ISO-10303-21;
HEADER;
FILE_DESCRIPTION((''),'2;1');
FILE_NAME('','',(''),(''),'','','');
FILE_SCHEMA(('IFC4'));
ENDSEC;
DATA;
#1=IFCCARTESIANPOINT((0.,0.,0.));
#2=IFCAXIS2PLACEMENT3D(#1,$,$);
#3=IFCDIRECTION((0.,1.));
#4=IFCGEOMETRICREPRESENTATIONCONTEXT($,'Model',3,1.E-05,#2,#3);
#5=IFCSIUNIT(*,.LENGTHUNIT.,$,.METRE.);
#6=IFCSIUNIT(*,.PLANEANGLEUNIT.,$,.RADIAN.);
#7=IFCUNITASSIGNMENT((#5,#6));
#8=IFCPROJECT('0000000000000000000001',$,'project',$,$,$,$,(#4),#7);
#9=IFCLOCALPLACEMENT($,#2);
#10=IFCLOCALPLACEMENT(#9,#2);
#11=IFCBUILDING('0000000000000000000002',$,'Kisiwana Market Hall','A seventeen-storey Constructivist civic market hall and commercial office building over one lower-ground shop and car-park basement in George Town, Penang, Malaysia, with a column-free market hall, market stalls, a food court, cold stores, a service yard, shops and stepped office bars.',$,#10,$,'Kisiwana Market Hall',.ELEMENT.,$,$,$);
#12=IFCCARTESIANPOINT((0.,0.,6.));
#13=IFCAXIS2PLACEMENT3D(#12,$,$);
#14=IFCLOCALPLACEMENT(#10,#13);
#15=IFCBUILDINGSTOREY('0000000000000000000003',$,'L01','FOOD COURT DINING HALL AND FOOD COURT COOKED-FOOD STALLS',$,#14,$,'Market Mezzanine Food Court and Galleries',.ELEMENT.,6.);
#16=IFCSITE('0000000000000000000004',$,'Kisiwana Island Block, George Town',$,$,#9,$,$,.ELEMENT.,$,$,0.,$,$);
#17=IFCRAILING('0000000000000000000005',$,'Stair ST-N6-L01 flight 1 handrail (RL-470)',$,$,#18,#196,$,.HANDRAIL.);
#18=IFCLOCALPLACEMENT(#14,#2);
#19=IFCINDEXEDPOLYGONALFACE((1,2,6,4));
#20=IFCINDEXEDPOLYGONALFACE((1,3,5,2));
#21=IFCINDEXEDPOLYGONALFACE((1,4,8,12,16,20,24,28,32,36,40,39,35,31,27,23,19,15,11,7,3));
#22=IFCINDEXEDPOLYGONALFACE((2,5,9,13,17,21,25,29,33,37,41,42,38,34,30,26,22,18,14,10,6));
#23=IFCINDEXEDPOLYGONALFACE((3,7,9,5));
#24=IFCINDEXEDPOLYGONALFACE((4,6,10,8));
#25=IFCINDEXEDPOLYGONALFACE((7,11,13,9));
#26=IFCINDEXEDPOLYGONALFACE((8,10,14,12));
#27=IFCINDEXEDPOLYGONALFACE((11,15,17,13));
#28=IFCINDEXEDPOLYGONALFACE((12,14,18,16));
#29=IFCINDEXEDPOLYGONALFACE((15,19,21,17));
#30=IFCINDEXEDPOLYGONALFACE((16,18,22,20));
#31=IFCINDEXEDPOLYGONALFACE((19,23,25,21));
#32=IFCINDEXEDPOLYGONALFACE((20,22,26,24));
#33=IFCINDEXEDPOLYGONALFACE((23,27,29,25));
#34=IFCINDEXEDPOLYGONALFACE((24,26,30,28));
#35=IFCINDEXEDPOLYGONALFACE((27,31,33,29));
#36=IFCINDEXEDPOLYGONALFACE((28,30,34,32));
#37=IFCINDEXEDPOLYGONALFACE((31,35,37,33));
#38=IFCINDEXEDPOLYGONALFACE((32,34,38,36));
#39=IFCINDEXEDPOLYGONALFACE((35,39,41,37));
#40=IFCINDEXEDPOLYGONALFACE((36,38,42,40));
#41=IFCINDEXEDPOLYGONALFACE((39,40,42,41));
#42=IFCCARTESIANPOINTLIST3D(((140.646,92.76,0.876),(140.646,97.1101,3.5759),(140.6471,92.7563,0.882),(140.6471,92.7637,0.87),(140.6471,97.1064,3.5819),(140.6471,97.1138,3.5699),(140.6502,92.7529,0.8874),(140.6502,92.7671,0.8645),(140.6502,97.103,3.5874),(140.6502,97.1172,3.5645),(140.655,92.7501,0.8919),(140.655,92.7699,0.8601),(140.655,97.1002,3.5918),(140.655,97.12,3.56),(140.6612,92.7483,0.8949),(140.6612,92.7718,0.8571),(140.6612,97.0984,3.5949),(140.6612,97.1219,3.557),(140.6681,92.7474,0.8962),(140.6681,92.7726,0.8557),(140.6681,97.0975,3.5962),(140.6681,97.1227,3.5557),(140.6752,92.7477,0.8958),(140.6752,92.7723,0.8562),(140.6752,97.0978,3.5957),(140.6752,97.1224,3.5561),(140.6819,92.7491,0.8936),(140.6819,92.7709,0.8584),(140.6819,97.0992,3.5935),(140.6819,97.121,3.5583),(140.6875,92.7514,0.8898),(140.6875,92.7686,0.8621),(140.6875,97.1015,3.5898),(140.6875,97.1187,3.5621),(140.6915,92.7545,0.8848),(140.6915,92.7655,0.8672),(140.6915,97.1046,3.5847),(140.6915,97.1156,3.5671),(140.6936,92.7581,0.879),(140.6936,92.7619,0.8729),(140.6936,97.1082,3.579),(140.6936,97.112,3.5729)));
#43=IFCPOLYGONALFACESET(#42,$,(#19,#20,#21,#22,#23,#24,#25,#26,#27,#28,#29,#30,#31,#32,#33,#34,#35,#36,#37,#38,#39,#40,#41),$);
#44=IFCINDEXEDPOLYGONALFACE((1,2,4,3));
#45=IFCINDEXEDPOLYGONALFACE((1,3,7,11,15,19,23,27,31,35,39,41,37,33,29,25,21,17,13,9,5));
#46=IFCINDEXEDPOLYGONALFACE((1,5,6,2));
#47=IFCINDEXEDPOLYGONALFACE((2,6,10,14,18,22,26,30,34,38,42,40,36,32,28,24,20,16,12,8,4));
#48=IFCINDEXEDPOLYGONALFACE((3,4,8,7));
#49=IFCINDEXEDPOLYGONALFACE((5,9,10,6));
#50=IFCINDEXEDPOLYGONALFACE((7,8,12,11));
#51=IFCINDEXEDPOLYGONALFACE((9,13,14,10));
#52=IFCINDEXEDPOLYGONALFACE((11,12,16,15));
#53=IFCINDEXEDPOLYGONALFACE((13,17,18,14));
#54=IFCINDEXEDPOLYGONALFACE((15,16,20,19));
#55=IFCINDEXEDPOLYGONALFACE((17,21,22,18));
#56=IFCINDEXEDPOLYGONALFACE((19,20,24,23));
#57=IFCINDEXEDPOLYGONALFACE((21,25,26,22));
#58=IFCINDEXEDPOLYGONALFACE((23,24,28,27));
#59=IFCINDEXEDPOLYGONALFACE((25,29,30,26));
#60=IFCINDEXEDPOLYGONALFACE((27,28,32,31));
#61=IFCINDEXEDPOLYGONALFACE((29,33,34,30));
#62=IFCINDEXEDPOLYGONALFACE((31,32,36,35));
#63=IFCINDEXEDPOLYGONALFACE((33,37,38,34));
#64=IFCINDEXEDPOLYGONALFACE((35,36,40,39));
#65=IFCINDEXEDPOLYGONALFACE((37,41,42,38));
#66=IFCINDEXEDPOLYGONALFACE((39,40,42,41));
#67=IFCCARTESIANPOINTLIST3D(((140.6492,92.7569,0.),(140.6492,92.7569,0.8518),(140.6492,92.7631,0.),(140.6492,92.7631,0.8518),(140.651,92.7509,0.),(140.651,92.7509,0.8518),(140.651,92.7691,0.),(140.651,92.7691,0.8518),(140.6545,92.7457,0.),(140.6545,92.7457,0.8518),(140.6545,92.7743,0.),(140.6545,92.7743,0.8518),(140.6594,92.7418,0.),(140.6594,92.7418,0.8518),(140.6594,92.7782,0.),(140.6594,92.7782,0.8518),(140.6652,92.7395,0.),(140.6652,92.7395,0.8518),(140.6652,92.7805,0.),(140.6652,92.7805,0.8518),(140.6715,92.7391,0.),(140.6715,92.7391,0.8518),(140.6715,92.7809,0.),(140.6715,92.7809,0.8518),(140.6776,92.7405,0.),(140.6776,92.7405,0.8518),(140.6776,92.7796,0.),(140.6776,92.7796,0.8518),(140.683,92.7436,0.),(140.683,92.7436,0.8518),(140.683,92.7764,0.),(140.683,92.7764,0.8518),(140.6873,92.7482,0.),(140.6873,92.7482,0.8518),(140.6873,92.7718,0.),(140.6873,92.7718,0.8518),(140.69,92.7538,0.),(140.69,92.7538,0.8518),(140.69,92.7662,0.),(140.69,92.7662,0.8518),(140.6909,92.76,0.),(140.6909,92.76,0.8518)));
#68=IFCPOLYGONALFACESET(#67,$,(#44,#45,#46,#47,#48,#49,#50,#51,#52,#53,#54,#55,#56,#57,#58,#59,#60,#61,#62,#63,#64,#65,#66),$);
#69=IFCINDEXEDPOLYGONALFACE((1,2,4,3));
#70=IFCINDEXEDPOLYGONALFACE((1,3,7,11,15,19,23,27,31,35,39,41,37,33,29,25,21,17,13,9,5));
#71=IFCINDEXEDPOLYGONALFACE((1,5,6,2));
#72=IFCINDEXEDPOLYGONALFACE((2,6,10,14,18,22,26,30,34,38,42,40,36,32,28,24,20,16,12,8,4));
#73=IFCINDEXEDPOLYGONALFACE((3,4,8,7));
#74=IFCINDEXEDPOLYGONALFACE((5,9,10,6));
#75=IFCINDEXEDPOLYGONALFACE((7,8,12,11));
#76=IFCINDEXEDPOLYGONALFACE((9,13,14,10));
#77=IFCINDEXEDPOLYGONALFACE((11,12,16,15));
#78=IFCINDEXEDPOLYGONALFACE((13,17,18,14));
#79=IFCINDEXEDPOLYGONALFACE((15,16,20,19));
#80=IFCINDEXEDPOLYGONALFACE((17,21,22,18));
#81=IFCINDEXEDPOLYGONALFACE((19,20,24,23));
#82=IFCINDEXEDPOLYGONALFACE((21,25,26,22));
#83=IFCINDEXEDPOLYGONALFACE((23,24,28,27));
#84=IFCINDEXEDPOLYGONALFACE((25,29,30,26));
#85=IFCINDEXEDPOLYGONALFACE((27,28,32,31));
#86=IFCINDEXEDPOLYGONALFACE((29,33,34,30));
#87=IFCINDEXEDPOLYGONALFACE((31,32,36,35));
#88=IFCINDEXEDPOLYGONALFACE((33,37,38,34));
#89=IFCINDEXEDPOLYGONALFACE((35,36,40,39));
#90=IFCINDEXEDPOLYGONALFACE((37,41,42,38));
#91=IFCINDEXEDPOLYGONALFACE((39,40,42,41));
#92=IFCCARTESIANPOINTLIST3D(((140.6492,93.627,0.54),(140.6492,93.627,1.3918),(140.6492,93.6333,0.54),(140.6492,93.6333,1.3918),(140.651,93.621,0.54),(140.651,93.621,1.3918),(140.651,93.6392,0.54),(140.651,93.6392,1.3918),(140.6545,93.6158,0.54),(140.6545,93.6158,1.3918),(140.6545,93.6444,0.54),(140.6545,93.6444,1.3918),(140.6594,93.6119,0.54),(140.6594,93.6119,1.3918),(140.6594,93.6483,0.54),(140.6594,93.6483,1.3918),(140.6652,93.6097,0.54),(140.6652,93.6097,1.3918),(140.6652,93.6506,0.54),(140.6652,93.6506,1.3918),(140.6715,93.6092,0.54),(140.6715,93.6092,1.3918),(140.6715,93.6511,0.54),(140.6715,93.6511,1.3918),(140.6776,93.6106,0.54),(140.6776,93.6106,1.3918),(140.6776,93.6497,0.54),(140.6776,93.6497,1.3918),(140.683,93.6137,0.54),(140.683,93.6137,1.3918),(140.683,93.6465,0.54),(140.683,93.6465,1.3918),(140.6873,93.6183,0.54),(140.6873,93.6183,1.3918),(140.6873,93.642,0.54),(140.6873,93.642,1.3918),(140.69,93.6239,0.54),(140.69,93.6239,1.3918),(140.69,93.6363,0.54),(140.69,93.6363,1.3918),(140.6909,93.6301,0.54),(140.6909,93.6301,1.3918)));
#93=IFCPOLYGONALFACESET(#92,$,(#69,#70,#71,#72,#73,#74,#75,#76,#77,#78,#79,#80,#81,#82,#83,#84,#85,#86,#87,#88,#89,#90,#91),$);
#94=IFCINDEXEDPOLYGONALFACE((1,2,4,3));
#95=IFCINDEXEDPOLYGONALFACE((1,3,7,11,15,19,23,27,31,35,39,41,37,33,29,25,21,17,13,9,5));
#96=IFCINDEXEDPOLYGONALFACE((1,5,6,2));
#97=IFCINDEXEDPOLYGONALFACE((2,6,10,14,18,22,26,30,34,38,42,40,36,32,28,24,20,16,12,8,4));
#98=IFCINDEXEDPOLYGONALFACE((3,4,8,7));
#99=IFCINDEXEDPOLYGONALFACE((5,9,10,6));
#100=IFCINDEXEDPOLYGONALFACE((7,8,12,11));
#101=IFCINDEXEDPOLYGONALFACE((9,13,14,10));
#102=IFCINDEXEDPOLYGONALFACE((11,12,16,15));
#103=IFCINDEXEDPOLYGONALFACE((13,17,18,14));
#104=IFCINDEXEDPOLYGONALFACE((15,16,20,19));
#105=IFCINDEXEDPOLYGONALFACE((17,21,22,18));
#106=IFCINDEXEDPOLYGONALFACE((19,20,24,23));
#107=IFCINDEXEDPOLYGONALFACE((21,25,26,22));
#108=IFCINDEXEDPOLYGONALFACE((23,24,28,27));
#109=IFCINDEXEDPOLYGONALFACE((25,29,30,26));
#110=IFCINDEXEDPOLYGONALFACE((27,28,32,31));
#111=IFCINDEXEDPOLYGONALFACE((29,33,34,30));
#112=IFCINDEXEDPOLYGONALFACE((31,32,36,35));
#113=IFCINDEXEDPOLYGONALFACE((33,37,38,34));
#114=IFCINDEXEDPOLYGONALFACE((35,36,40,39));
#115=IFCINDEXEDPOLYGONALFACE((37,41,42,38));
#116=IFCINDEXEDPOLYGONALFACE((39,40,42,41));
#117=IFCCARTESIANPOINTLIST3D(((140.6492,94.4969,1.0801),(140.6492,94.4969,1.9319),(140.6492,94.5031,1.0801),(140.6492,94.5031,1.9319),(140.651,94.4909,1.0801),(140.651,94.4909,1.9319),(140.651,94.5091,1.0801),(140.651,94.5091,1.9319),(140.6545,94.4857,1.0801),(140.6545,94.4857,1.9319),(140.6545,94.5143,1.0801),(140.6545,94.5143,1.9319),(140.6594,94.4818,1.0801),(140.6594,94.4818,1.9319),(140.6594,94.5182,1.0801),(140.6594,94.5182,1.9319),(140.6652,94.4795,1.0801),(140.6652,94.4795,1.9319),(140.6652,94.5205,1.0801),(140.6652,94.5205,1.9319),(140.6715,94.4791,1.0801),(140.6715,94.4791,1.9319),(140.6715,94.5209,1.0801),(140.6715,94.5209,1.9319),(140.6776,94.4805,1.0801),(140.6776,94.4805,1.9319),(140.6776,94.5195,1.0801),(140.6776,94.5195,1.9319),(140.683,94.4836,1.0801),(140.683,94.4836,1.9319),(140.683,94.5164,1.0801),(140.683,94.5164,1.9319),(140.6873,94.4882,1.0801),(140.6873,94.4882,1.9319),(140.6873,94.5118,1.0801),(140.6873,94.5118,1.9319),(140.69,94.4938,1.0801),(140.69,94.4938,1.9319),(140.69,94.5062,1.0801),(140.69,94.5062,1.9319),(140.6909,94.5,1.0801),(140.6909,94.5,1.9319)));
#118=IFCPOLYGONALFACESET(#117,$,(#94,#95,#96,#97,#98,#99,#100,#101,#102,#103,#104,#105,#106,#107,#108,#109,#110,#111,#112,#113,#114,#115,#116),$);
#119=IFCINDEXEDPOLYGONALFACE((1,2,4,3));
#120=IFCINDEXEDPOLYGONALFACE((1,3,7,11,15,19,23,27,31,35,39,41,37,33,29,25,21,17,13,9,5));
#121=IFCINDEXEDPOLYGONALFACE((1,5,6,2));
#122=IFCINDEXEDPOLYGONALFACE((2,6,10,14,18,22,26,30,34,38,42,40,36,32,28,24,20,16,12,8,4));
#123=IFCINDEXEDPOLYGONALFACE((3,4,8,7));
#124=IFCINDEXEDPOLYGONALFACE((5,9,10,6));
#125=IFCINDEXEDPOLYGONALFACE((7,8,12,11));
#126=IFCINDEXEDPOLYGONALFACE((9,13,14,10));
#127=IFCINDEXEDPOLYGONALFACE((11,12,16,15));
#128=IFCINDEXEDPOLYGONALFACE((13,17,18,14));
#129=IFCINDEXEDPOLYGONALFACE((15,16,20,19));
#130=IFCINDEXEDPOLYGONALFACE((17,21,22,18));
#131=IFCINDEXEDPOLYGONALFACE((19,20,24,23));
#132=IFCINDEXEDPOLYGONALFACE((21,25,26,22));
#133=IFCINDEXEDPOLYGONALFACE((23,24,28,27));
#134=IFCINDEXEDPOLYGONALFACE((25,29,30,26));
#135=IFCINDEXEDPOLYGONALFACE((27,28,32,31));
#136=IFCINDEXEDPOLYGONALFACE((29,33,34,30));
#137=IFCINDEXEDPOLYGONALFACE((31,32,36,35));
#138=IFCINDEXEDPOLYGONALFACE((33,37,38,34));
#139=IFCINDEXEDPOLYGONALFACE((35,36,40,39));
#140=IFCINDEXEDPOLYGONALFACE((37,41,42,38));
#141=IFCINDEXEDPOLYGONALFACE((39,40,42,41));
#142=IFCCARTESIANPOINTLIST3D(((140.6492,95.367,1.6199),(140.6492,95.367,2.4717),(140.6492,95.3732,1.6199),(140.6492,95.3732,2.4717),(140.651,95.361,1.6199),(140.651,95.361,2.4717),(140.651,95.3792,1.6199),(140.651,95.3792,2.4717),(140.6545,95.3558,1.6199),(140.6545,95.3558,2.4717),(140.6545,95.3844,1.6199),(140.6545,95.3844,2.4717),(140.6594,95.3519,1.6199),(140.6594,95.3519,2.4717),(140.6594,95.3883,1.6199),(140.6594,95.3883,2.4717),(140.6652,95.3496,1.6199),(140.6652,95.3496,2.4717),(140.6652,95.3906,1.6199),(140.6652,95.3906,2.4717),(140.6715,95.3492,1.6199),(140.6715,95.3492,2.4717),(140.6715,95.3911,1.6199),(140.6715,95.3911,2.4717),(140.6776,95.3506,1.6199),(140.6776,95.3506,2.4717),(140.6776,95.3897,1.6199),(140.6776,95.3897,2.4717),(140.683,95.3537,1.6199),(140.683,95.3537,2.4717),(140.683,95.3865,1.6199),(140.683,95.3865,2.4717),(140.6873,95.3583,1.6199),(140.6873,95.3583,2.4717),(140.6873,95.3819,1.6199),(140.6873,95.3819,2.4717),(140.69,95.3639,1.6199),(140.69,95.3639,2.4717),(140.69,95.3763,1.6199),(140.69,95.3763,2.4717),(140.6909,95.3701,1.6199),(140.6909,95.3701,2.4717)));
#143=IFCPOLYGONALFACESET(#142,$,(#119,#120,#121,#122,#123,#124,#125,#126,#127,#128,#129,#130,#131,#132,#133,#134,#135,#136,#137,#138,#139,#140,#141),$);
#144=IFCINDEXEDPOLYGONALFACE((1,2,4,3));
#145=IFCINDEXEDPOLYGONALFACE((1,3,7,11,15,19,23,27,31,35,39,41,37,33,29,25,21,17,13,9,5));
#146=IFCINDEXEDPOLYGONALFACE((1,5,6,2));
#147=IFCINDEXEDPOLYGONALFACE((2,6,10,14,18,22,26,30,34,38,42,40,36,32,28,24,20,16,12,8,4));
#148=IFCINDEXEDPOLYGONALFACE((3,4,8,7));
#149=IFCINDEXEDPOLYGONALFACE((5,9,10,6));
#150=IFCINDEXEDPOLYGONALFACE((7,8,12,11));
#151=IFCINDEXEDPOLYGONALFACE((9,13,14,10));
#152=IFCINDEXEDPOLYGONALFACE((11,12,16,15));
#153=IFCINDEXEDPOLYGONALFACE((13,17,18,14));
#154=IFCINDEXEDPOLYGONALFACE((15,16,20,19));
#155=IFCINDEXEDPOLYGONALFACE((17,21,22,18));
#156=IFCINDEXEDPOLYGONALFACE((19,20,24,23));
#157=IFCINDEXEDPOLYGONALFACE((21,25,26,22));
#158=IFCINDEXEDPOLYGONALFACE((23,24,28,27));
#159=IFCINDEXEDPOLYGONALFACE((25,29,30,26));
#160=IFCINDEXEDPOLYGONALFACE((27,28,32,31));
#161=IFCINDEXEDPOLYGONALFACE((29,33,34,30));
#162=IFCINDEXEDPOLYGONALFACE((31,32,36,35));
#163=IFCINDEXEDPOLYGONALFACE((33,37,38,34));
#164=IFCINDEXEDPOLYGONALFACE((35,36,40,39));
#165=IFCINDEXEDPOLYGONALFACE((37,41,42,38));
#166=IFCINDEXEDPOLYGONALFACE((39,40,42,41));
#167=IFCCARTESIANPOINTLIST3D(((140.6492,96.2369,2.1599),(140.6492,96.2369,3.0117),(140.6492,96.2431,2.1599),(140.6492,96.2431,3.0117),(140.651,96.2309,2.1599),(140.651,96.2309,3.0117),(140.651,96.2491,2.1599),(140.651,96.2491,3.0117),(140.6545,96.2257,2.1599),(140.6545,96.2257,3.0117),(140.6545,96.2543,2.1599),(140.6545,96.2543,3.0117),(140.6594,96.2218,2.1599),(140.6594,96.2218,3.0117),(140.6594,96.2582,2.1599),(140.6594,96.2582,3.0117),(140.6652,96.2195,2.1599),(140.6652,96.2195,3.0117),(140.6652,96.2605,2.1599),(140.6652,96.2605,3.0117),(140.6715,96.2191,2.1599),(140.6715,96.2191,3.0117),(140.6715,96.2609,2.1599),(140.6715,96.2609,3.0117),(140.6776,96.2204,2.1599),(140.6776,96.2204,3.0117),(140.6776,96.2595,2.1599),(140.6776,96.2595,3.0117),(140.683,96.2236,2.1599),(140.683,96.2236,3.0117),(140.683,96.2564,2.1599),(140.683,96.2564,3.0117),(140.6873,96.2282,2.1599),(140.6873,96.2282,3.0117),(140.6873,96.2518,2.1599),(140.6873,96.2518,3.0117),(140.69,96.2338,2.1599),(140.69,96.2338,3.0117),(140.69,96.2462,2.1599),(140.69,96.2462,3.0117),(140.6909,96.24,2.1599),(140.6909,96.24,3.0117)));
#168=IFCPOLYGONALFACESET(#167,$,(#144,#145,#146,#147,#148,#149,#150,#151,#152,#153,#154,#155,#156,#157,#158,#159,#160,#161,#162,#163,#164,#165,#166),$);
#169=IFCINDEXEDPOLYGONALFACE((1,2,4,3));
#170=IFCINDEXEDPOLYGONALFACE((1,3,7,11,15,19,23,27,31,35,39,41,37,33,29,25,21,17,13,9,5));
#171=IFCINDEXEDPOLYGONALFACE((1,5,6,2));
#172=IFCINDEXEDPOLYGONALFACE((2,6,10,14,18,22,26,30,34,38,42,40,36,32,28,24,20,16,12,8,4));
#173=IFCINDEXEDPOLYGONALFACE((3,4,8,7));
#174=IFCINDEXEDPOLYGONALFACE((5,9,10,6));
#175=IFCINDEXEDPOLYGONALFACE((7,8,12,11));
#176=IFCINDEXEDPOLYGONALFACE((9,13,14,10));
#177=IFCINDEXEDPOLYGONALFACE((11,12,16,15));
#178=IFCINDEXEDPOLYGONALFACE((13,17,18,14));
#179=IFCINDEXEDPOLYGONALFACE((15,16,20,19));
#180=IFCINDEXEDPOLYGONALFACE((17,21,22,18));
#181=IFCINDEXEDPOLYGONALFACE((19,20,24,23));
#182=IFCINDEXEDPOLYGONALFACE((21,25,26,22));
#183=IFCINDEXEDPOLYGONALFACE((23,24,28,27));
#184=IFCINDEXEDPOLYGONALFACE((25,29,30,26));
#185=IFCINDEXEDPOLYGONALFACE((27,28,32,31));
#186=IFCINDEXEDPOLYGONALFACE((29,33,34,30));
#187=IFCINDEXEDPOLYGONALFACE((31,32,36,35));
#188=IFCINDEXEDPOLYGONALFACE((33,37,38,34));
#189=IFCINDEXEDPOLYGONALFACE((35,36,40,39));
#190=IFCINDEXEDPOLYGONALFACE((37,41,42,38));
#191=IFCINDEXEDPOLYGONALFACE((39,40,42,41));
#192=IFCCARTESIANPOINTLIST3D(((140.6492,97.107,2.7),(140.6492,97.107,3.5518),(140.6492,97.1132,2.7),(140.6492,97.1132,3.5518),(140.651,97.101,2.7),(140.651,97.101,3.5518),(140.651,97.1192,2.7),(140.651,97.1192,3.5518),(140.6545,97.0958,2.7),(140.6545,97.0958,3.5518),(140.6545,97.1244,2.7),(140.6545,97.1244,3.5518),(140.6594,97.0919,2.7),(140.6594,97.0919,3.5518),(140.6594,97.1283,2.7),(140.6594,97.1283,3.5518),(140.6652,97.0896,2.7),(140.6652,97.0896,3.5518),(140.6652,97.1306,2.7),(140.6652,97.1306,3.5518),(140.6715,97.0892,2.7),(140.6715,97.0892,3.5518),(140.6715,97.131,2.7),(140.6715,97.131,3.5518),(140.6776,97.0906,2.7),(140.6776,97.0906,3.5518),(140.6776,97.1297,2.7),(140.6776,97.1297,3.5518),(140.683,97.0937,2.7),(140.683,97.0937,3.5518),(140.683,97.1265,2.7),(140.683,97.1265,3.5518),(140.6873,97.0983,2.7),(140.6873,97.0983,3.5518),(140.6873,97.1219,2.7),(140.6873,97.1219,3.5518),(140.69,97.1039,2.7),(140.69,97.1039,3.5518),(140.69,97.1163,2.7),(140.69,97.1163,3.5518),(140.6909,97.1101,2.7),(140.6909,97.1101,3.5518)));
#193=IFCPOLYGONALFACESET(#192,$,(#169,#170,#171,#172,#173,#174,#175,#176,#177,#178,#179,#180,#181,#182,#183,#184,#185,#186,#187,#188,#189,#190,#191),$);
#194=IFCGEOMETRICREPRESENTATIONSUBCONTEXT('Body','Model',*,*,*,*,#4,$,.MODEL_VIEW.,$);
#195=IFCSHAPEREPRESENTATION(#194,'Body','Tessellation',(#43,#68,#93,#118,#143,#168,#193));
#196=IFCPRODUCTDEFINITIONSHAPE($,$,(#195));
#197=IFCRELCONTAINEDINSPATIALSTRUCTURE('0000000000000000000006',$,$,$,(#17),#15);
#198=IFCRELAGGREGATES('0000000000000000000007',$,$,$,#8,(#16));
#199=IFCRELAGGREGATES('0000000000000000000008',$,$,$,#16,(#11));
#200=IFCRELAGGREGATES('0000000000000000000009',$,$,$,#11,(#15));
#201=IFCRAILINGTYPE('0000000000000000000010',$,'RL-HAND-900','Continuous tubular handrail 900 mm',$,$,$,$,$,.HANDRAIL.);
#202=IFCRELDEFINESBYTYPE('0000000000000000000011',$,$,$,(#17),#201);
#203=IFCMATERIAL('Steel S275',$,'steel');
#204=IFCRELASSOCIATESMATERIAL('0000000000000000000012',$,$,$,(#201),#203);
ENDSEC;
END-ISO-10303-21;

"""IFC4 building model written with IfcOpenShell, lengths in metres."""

from ifc_helpers import new_model, si_unit, direction, frame, origin, origin_2d, place, context, subcontext, project, spatial, circle, extrude, material, type_object, element, save


model = new_model("IFC4")

# Units and contexts
model_context = context("Model", 3, precision=1e-05, world=origin(), true_north=direction((0.0, 1.0)))
body_context = subcontext(model_context, "Body", "Model", "MODEL_VIEW")
ifc_project = project(units=[si_unit("LENGTHUNIT", "METRE"), si_unit("PLANEANGLEUNIT", "RADIAN")], contexts=[model_context])

# Site, building, storey
site_placement = place(None, origin())
site = spatial("IfcSite", under=ifc_project, at=site_placement, Name="Kisiwana Island Block, George Town", CompositionType="ELEMENT", RefElevation=0.0)
building_placement = place(site_placement, origin())
building = spatial("IfcBuilding", under=site, at=building_placement, Name="Kisiwana Market Hall", Description="A seventeen-storey Constructivist civic market hall and commercial office building over one lower-ground shop and car-park basement in George Town, Penang, Malaysia, with a column-free market hall, market stalls, a food court, cold stores, a service yard, shops and stepped office bars.", LongName="Kisiwana Market Hall", CompositionType="ELEMENT")
storey_placement = place(building_placement, frame((0.0, 0.0, 6.0)))
storey = spatial("IfcBuildingStorey", under=building, at=storey_placement, Name="L01", Description="FOOD COURT DINING HALL AND FOOD COURT COOKED-FOOD STALLS", LongName="Market Mezzanine Food Court and Galleries", CompositionType="ELEMENT", Elevation=6.0)

# Railing
ifc_material_1 = material(Name="Steel S275", Category="steel")
railing_type_1 = type_object("IfcRailingType", Name="RL-HAND-900", Description="Continuous tubular handrail 900 mm", PredefinedType="HANDRAIL", material=ifc_material_1)
railing_1_placement = place(storey_placement, frame((140.6699, 92.76, 0.0)))
element("IfcRailing", 1, at=railing_1_placement, inside=storey, type_object=railing_type_1, Name="Stair ST-N6-L01 flight 1 handrail (RL-470)", PredefinedType="HANDRAIL", context=body_context, shape_type="SweptSolid", body=[
    extrude(circle(Radius=0.0239, at=origin_2d()), frame((0.0, 0.0, 0.876), z_axis=(0.0, 0.84965, 0.527347), x_axis=(-1.0, 0.0, 0.0)), (0.0, 0.0, 1.0), 5.1199),
    extrude(circle(Radius=0.021, at=origin_2d()), origin(), (0.0, 0.0, 1.0), 0.8518),
    extrude(circle(Radius=0.021, at=origin_2d()), frame((0.0, 0.8701, 0.54)), (0.0, 0.0, 1.0), 0.8518),
    extrude(circle(Radius=0.021, at=origin_2d()), frame((0.0, 1.74, 1.0801)), (0.0, 0.0, 1.0), 0.8518),
    extrude(circle(Radius=0.021, at=origin_2d()), frame((0.0, 2.6101, 1.6199)), (0.0, 0.0, 1.0), 0.8518),
    extrude(circle(Radius=0.021, at=origin_2d()), frame((0.0, 3.48, 2.1599)), (0.0, 0.0, 1.0), 0.8518),
    extrude(circle(Radius=0.021, at=origin_2d()), frame((0.0, 4.3501, 2.7)), (0.0, 0.0, 1.0), 0.8518),
])

save(model, "model.ifc")
